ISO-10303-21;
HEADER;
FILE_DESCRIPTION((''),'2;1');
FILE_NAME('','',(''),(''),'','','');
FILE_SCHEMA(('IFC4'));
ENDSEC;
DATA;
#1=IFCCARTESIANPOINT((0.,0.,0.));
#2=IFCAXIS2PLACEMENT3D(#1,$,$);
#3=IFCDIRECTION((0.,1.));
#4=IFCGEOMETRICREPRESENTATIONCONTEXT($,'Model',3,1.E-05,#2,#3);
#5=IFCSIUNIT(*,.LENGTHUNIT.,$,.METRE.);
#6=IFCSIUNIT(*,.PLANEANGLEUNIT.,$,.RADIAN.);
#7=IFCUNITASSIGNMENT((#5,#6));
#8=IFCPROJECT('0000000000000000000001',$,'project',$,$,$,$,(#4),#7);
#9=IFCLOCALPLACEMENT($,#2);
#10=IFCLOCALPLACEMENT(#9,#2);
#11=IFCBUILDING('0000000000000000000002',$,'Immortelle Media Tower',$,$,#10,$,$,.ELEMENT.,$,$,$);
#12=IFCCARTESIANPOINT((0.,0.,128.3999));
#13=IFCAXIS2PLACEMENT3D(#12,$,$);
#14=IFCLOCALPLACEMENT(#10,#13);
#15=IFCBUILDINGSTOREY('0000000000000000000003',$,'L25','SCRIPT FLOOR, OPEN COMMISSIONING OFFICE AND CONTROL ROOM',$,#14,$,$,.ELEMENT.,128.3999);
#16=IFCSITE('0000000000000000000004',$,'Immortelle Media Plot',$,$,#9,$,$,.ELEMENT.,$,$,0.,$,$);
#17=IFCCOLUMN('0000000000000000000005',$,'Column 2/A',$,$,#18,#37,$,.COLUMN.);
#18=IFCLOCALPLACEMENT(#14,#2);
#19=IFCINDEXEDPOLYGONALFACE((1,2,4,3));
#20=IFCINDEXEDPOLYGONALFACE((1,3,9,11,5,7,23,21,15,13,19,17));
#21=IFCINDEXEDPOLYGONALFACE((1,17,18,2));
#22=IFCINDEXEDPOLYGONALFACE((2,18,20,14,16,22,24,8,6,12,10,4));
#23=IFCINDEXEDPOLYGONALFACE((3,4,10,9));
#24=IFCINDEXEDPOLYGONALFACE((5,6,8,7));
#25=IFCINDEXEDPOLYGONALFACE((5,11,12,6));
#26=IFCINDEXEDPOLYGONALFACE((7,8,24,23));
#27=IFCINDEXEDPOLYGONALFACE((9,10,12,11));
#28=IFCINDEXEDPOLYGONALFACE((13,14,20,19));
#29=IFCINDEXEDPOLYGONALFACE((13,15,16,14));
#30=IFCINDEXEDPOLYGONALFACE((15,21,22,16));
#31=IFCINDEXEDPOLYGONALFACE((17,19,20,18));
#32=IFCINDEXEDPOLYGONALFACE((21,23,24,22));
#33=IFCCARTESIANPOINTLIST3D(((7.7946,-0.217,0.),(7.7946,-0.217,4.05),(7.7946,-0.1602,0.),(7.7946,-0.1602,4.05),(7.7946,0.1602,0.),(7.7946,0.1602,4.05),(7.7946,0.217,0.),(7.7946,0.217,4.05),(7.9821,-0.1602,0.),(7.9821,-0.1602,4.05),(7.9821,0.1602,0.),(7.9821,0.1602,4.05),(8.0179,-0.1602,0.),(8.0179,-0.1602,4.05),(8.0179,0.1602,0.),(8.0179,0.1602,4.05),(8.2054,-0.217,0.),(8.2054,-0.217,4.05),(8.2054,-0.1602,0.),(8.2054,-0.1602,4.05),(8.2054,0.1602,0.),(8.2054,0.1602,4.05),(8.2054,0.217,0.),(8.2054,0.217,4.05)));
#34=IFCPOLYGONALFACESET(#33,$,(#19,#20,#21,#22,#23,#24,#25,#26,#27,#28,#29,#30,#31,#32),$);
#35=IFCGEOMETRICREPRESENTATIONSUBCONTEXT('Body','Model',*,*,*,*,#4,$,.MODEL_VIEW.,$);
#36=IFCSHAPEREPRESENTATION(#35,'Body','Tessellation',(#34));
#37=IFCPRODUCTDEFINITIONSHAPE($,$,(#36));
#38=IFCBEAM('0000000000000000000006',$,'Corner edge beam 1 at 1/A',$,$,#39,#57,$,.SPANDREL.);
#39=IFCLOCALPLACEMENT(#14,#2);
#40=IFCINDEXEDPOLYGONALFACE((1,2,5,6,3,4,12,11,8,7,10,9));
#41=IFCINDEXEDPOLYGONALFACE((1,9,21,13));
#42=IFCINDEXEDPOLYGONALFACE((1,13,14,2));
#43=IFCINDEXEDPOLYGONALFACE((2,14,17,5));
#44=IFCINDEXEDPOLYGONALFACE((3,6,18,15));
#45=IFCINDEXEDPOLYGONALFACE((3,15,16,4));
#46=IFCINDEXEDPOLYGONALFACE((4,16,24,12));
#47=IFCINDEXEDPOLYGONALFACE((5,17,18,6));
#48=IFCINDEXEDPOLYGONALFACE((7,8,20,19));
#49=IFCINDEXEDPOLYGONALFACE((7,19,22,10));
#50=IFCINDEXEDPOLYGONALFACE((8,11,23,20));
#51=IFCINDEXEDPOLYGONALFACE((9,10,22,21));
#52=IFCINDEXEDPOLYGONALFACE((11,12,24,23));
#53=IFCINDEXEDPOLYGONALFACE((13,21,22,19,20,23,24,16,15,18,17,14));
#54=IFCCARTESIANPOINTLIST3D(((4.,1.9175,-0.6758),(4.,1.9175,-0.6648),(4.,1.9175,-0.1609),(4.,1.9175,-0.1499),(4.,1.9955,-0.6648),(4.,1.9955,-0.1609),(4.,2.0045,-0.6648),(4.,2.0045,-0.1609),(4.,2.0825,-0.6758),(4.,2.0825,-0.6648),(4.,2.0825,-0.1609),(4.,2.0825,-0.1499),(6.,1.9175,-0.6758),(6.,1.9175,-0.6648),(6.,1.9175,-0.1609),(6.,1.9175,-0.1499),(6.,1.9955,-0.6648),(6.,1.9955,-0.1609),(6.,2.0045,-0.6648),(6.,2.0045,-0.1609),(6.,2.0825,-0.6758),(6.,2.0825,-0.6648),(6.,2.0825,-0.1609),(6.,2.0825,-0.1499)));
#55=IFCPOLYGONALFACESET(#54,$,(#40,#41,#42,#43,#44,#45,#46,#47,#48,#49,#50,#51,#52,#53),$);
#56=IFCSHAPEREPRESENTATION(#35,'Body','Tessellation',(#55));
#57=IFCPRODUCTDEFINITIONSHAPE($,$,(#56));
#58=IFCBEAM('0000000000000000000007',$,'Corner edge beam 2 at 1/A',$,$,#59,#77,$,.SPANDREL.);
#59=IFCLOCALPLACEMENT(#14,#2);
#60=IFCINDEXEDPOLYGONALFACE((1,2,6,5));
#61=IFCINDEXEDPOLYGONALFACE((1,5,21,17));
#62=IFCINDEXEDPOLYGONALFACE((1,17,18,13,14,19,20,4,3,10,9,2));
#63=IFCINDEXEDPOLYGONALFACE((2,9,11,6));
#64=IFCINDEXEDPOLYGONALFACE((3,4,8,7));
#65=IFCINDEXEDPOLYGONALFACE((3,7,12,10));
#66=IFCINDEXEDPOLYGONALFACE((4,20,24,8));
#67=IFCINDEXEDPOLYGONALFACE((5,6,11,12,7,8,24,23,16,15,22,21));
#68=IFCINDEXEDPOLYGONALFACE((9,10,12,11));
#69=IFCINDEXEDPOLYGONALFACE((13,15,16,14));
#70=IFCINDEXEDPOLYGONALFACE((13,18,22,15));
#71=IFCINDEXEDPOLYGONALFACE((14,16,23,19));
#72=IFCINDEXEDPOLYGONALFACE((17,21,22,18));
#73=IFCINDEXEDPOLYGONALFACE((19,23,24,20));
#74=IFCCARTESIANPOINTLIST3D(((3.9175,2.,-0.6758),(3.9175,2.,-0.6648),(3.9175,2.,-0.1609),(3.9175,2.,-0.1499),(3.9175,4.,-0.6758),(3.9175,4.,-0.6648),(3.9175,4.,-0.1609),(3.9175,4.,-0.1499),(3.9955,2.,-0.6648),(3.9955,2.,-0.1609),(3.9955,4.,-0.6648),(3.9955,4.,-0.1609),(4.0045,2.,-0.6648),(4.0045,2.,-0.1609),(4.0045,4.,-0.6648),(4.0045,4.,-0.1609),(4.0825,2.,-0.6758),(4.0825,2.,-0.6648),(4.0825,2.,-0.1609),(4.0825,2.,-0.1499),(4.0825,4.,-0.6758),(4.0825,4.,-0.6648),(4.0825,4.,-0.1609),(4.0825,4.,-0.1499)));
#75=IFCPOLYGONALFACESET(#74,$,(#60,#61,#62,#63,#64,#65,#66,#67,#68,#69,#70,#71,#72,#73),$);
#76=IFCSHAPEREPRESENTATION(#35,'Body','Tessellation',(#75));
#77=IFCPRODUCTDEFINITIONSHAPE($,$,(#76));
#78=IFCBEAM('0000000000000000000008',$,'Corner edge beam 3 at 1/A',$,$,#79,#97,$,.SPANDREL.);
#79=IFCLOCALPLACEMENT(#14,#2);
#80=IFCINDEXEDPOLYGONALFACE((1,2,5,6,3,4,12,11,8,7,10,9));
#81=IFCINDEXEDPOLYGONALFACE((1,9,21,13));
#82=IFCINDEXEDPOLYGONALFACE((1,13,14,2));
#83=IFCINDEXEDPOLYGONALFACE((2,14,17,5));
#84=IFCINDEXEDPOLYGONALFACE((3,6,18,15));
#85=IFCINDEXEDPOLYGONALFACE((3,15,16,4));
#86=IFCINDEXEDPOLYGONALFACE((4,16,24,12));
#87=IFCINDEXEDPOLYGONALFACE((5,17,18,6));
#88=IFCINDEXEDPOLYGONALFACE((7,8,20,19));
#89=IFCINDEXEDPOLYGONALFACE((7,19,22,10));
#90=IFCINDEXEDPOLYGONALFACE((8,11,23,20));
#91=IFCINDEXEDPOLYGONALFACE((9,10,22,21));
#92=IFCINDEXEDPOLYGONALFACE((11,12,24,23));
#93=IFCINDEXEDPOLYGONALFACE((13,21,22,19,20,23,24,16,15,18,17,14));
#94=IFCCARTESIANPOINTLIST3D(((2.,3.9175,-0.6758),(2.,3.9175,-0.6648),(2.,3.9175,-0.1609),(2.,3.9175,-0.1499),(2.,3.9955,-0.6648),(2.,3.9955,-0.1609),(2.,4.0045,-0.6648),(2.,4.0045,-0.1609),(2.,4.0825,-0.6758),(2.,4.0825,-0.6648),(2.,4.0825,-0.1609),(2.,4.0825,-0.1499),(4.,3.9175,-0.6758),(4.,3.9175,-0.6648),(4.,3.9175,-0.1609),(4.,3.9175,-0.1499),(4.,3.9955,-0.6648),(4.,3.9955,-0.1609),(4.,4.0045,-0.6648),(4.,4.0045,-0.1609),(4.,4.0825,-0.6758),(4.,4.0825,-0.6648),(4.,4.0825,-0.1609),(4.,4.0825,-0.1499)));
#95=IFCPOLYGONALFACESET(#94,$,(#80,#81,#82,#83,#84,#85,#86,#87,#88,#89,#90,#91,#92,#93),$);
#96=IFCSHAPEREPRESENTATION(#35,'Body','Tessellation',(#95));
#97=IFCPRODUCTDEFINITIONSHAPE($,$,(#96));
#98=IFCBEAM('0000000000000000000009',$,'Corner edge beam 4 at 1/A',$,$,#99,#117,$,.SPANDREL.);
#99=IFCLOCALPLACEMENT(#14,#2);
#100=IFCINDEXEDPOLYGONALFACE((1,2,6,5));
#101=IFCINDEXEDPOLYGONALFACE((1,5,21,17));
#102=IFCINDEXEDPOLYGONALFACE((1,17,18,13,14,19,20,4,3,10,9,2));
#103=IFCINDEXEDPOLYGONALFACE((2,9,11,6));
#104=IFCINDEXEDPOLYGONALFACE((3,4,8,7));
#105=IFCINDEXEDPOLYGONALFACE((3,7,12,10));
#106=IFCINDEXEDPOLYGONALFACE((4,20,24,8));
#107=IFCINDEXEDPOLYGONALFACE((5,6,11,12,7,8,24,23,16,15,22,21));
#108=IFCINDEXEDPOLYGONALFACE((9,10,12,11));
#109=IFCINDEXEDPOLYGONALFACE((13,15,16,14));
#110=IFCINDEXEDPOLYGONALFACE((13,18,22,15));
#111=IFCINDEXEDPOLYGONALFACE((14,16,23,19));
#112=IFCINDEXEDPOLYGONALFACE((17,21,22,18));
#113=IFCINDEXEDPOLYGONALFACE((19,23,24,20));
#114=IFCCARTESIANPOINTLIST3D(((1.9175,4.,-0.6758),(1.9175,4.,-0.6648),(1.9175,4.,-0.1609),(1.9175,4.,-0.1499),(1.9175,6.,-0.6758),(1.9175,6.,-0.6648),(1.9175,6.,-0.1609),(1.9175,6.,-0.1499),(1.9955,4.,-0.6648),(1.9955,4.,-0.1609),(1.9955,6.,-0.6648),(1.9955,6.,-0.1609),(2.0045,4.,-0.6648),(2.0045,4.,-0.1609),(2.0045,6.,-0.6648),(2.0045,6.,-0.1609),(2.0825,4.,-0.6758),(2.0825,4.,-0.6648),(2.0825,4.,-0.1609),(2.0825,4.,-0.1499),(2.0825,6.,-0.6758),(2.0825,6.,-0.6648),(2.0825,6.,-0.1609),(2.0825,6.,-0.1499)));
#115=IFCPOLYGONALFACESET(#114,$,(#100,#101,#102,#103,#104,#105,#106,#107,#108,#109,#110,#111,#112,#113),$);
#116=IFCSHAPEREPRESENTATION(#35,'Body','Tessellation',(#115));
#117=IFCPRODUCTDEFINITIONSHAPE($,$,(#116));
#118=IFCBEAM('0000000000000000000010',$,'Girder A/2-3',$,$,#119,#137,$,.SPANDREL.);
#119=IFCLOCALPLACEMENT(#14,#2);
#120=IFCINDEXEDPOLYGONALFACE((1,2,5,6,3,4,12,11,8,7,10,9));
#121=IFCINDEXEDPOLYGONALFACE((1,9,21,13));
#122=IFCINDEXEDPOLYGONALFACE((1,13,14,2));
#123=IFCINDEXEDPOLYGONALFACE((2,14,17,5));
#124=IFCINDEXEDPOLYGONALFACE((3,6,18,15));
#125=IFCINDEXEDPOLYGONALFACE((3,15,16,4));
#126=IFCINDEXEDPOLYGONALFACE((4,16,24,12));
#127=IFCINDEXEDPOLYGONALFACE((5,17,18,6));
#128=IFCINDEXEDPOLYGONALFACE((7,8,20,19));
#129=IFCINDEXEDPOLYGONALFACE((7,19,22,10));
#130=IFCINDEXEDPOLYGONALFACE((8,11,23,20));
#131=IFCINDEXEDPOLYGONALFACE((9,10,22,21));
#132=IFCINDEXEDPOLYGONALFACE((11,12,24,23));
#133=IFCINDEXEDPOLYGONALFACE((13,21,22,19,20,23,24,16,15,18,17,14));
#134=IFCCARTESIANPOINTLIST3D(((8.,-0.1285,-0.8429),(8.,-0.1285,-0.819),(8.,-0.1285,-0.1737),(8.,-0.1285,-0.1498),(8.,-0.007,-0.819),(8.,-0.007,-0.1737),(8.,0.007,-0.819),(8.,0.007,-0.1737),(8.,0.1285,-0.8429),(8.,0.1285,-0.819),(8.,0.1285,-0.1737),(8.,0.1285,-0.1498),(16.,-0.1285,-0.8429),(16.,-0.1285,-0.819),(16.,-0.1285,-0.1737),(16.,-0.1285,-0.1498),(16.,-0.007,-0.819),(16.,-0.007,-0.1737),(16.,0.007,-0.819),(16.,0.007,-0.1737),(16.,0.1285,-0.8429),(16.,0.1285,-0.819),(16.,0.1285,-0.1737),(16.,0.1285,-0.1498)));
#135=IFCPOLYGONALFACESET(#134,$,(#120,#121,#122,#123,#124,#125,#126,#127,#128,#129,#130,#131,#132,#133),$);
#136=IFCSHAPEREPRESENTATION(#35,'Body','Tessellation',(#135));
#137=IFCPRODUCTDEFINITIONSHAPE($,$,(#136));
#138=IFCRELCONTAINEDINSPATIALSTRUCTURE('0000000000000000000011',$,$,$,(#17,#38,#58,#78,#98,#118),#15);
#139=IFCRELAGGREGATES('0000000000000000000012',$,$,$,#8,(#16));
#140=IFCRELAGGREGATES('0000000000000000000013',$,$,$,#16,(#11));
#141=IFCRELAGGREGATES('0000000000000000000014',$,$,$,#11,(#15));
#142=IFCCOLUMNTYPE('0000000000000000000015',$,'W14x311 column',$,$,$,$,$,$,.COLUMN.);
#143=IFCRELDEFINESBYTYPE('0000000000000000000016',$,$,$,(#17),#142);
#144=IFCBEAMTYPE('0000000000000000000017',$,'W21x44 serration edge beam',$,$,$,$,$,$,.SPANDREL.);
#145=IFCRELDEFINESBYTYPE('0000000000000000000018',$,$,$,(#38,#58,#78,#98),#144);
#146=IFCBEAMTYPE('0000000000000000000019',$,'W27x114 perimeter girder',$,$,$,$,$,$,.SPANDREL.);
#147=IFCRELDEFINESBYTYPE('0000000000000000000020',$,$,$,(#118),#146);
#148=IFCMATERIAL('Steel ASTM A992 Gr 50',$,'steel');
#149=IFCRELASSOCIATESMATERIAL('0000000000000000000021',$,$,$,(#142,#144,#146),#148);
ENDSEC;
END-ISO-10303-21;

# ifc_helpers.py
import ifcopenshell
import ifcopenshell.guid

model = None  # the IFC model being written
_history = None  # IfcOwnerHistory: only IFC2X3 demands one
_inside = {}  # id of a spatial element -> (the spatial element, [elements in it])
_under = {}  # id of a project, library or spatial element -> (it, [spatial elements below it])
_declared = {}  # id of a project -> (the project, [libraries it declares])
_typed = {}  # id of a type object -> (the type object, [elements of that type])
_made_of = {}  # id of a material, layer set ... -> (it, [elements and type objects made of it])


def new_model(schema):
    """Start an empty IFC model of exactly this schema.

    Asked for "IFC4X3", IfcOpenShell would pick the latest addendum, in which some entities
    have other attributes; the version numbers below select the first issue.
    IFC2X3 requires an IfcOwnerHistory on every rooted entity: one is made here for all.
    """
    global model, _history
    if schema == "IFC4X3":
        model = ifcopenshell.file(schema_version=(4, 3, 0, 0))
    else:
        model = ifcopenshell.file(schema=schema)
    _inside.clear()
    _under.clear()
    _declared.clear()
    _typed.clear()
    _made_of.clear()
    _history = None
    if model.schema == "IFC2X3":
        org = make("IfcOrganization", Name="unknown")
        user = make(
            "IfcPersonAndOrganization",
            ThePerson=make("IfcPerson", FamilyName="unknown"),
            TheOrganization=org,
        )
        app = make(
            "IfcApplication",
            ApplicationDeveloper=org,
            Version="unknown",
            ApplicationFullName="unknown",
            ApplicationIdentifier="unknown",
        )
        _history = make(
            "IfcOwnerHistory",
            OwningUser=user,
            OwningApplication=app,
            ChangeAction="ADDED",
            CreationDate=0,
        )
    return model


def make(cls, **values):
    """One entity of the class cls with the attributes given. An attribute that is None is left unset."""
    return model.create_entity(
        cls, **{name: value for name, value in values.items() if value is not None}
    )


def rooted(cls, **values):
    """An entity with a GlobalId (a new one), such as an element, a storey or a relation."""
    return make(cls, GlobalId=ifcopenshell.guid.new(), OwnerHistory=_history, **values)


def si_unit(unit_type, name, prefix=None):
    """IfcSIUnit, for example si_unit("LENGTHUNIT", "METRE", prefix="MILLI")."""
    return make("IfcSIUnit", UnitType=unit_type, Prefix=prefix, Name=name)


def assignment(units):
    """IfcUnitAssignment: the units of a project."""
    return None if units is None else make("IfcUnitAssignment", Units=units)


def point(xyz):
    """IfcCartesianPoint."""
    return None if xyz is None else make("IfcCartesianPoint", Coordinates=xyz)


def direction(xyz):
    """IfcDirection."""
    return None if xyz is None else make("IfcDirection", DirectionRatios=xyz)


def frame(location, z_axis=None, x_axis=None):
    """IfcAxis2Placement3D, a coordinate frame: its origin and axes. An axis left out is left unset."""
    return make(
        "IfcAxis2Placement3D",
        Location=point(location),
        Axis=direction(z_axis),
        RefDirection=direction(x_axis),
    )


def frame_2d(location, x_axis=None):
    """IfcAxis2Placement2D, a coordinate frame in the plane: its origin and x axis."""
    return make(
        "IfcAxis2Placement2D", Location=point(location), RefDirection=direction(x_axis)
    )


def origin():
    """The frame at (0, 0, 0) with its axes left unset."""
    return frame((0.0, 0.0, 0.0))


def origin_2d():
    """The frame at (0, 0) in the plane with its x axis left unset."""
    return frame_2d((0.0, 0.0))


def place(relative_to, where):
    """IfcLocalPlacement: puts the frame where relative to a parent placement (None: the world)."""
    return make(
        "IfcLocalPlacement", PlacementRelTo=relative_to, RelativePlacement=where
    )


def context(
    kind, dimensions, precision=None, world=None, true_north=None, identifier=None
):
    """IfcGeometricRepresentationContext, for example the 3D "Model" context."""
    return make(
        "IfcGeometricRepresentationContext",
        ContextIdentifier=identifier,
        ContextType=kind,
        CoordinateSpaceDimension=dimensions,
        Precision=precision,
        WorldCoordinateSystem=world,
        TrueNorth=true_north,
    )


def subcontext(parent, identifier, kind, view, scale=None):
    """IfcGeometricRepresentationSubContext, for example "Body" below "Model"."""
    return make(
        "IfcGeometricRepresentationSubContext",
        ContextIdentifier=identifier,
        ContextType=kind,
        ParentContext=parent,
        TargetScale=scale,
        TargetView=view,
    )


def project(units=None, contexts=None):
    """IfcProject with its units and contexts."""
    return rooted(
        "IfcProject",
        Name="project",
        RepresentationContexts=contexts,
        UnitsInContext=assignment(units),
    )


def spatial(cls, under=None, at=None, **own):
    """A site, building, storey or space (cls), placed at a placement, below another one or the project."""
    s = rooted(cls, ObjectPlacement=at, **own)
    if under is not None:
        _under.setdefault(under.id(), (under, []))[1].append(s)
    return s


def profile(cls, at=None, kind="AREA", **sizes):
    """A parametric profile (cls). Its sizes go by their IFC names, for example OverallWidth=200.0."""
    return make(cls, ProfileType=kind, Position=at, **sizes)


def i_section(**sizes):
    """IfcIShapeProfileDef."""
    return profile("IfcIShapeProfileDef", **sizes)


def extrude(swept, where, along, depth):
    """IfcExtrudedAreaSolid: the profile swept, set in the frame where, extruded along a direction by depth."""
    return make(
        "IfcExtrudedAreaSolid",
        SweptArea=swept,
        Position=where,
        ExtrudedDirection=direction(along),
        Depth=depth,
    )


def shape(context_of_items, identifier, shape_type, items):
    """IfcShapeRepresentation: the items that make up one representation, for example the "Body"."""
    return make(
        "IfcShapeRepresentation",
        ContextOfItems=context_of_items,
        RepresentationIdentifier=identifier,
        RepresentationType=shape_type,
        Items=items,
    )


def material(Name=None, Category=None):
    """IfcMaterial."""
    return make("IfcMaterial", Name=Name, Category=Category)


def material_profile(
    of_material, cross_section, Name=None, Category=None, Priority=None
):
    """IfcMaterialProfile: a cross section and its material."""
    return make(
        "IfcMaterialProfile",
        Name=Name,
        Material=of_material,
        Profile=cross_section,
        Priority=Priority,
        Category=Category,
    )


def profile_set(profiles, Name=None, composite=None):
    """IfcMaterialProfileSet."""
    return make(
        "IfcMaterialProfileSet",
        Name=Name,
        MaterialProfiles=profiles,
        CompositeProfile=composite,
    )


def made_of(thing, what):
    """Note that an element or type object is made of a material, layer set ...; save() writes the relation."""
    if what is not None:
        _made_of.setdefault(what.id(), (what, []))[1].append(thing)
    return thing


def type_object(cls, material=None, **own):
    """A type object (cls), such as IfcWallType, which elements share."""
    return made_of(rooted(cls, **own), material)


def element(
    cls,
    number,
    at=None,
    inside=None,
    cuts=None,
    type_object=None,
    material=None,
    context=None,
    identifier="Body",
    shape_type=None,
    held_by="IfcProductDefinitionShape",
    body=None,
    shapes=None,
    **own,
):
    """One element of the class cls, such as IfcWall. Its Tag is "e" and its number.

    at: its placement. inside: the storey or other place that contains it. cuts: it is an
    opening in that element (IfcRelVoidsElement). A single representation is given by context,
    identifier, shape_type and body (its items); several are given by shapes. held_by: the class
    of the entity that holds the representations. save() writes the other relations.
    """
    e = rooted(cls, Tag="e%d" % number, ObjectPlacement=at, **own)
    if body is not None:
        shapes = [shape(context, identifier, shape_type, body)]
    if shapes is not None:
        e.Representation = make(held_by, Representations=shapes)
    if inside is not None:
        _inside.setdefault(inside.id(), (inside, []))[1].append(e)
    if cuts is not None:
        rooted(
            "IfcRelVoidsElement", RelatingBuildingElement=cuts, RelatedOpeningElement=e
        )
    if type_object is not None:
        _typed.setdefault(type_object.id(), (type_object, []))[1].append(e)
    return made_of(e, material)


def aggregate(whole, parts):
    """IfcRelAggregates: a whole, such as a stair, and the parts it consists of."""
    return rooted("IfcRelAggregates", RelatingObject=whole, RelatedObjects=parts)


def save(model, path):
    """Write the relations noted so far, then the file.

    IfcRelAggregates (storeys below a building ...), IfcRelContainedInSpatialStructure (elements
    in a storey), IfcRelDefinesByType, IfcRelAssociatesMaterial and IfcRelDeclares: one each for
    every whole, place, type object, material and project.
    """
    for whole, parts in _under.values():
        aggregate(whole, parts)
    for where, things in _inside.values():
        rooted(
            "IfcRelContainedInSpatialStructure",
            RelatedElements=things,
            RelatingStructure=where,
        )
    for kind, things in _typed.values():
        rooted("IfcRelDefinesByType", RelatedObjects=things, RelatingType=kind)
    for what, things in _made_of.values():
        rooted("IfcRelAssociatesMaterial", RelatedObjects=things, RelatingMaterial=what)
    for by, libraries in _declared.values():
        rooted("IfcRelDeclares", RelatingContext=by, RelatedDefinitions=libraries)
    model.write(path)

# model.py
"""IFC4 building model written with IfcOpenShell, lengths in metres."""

from ifc_helpers import new_model, si_unit, direction, frame, origin, origin_2d, place, context, subcontext, project, spatial, i_section, extrude, material, material_profile, profile_set, type_object, element, save


model = new_model("IFC4")

# Units and contexts
model_context = context("Model", 3, precision=1e-05, world=origin(), true_north=direction((0.0, 1.0)))
body_context = subcontext(model_context, "Body", "Model", "MODEL_VIEW")
ifc_project = project(units=[si_unit("LENGTHUNIT", "METRE"), si_unit("PLANEANGLEUNIT", "RADIAN")], contexts=[model_context])

# Site, building, storey
site_placement = place(None, origin())
site = spatial("IfcSite", under=ifc_project, at=site_placement, Name="Immortelle Media Plot", CompositionType="ELEMENT", RefElevation=0.0)
building_placement = place(site_placement, origin())
building = spatial("IfcBuilding", under=site, at=building_placement, Name="Immortelle Media Tower", CompositionType="ELEMENT")
storey_placement = place(building_placement, frame((0.0, 0.0, 128.3999)))
storey = spatial("IfcBuildingStorey", under=building, at=storey_placement, Name="L25", Description="SCRIPT FLOOR, OPEN COMMISSIONING OFFICE AND CONTROL ROOM", CompositionType="ELEMENT", Elevation=128.3999)

# Column
ifc_material_1 = material(Name="Steel ASTM A992 Gr 50", Category="steel")
ifc_material_profile_1 = material_profile(ifc_material_1, i_section(OverallWidth=0.4109, OverallDepth=0.4341, WebThickness=0.0359, FlangeThickness=0.0569, at=origin_2d()), Name="W14x311")
ifc_profile_set_1 = profile_set([ifc_material_profile_1], Name="Steel ASTM A992 Gr 50")
column_type = type_object("IfcColumnType", Name="W14x311 column", PredefinedType="COLUMN", material=ifc_profile_set_1)
column_placement = place(storey_placement, frame((8.0, 0.0, 0.0), z_axis=(0.0, 0.0, 1.0), x_axis=(1.0, 0.0, 0.0)))
element("IfcColumn", 1, at=column_placement, inside=storey, type_object=column_type, Name="Column 2/A", PredefinedType="COLUMN", context=body_context, shape_type="SweptSolid", body=[
    extrude(i_section(OverallWidth=0.4109, OverallDepth=0.4341, WebThickness=0.0359, FlangeThickness=0.0569, at=origin_2d()), origin(), (0.0, 0.0, 1.0), 4.05),
])

# Beams
ifc_material_profile_2 = material_profile(ifc_material_1, i_section(OverallWidth=0.165, OverallDepth=0.5259, WebThickness=0.009, FlangeThickness=0.011, at=origin_2d()), Name="W21x44")
ifc_profile_set_2 = profile_set([ifc_material_profile_2], Name="Steel ASTM A992 Gr 50")
beam_type_1 = type_object("IfcBeamType", Name="W21x44 serration edge beam", PredefinedType="SPANDREL", material=ifc_profile_set_2)
for number, where, z_axis, x_axis, name in (
    (2, (6.0, 2.0, -0.4128), (-1.0, 0.0, 0.0), (0.0, -1.0, 0.0), "Corner edge beam 1 at 1/A"),
    (3, (4.0, 2.0, -0.4128), (0.0, 1.0, 0.0), (-1.0, 0.0, 0.0), "Corner edge beam 2 at 1/A"),
    (4, (4.0, 4.0, -0.4128), (-1.0, 0.0, 0.0), (0.0, -1.0, 0.0), "Corner edge beam 3 at 1/A"),
    (5, (2.0, 4.0, -0.4128), (0.0, 1.0, 0.0), (-1.0, 0.0, 0.0), "Corner edge beam 4 at 1/A"),
):
    element("IfcBeam", number, at=place(storey_placement, frame(where, z_axis=z_axis, x_axis=x_axis)), inside=storey, type_object=beam_type_1, Name=name, PredefinedType="SPANDREL", context=body_context, shape_type="SweptSolid", body=[
        extrude(i_section(OverallWidth=0.165, OverallDepth=0.5259, WebThickness=0.009, FlangeThickness=0.011, at=origin_2d()), origin(), (0.0, 0.0, 1.0), 2.0),
    ])
ifc_material_profile_3 = material_profile(ifc_material_1, i_section(OverallWidth=0.2571, OverallDepth=0.6931, WebThickness=0.0139, FlangeThickness=0.0239, at=origin_2d()), Name="W27x114")
ifc_profile_set_3 = profile_set([ifc_material_profile_3], Name="Steel ASTM A992 Gr 50")
beam_type_2 = type_object("IfcBeamType", Name="W27x114 perimeter girder", PredefinedType="SPANDREL", material=ifc_profile_set_3)
beam_placement = place(storey_placement, frame((8.0, 0.0, -0.4963), z_axis=(1.0, 0.0, 0.0), x_axis=(0.0, 1.0, 0.0)))
element("IfcBeam", 6, at=beam_placement, inside=storey, type_object=beam_type_2, Name="Girder A/2-3", PredefinedType="SPANDREL", context=body_context, shape_type="SweptSolid", body=[
    extrude(i_section(OverallWidth=0.2571, OverallDepth=0.6931, WebThickness=0.0139, FlangeThickness=0.0239, at=origin_2d()), origin(), (0.0, 0.0, 1.0), 8.0),
])

save(model, "model.ifc")
